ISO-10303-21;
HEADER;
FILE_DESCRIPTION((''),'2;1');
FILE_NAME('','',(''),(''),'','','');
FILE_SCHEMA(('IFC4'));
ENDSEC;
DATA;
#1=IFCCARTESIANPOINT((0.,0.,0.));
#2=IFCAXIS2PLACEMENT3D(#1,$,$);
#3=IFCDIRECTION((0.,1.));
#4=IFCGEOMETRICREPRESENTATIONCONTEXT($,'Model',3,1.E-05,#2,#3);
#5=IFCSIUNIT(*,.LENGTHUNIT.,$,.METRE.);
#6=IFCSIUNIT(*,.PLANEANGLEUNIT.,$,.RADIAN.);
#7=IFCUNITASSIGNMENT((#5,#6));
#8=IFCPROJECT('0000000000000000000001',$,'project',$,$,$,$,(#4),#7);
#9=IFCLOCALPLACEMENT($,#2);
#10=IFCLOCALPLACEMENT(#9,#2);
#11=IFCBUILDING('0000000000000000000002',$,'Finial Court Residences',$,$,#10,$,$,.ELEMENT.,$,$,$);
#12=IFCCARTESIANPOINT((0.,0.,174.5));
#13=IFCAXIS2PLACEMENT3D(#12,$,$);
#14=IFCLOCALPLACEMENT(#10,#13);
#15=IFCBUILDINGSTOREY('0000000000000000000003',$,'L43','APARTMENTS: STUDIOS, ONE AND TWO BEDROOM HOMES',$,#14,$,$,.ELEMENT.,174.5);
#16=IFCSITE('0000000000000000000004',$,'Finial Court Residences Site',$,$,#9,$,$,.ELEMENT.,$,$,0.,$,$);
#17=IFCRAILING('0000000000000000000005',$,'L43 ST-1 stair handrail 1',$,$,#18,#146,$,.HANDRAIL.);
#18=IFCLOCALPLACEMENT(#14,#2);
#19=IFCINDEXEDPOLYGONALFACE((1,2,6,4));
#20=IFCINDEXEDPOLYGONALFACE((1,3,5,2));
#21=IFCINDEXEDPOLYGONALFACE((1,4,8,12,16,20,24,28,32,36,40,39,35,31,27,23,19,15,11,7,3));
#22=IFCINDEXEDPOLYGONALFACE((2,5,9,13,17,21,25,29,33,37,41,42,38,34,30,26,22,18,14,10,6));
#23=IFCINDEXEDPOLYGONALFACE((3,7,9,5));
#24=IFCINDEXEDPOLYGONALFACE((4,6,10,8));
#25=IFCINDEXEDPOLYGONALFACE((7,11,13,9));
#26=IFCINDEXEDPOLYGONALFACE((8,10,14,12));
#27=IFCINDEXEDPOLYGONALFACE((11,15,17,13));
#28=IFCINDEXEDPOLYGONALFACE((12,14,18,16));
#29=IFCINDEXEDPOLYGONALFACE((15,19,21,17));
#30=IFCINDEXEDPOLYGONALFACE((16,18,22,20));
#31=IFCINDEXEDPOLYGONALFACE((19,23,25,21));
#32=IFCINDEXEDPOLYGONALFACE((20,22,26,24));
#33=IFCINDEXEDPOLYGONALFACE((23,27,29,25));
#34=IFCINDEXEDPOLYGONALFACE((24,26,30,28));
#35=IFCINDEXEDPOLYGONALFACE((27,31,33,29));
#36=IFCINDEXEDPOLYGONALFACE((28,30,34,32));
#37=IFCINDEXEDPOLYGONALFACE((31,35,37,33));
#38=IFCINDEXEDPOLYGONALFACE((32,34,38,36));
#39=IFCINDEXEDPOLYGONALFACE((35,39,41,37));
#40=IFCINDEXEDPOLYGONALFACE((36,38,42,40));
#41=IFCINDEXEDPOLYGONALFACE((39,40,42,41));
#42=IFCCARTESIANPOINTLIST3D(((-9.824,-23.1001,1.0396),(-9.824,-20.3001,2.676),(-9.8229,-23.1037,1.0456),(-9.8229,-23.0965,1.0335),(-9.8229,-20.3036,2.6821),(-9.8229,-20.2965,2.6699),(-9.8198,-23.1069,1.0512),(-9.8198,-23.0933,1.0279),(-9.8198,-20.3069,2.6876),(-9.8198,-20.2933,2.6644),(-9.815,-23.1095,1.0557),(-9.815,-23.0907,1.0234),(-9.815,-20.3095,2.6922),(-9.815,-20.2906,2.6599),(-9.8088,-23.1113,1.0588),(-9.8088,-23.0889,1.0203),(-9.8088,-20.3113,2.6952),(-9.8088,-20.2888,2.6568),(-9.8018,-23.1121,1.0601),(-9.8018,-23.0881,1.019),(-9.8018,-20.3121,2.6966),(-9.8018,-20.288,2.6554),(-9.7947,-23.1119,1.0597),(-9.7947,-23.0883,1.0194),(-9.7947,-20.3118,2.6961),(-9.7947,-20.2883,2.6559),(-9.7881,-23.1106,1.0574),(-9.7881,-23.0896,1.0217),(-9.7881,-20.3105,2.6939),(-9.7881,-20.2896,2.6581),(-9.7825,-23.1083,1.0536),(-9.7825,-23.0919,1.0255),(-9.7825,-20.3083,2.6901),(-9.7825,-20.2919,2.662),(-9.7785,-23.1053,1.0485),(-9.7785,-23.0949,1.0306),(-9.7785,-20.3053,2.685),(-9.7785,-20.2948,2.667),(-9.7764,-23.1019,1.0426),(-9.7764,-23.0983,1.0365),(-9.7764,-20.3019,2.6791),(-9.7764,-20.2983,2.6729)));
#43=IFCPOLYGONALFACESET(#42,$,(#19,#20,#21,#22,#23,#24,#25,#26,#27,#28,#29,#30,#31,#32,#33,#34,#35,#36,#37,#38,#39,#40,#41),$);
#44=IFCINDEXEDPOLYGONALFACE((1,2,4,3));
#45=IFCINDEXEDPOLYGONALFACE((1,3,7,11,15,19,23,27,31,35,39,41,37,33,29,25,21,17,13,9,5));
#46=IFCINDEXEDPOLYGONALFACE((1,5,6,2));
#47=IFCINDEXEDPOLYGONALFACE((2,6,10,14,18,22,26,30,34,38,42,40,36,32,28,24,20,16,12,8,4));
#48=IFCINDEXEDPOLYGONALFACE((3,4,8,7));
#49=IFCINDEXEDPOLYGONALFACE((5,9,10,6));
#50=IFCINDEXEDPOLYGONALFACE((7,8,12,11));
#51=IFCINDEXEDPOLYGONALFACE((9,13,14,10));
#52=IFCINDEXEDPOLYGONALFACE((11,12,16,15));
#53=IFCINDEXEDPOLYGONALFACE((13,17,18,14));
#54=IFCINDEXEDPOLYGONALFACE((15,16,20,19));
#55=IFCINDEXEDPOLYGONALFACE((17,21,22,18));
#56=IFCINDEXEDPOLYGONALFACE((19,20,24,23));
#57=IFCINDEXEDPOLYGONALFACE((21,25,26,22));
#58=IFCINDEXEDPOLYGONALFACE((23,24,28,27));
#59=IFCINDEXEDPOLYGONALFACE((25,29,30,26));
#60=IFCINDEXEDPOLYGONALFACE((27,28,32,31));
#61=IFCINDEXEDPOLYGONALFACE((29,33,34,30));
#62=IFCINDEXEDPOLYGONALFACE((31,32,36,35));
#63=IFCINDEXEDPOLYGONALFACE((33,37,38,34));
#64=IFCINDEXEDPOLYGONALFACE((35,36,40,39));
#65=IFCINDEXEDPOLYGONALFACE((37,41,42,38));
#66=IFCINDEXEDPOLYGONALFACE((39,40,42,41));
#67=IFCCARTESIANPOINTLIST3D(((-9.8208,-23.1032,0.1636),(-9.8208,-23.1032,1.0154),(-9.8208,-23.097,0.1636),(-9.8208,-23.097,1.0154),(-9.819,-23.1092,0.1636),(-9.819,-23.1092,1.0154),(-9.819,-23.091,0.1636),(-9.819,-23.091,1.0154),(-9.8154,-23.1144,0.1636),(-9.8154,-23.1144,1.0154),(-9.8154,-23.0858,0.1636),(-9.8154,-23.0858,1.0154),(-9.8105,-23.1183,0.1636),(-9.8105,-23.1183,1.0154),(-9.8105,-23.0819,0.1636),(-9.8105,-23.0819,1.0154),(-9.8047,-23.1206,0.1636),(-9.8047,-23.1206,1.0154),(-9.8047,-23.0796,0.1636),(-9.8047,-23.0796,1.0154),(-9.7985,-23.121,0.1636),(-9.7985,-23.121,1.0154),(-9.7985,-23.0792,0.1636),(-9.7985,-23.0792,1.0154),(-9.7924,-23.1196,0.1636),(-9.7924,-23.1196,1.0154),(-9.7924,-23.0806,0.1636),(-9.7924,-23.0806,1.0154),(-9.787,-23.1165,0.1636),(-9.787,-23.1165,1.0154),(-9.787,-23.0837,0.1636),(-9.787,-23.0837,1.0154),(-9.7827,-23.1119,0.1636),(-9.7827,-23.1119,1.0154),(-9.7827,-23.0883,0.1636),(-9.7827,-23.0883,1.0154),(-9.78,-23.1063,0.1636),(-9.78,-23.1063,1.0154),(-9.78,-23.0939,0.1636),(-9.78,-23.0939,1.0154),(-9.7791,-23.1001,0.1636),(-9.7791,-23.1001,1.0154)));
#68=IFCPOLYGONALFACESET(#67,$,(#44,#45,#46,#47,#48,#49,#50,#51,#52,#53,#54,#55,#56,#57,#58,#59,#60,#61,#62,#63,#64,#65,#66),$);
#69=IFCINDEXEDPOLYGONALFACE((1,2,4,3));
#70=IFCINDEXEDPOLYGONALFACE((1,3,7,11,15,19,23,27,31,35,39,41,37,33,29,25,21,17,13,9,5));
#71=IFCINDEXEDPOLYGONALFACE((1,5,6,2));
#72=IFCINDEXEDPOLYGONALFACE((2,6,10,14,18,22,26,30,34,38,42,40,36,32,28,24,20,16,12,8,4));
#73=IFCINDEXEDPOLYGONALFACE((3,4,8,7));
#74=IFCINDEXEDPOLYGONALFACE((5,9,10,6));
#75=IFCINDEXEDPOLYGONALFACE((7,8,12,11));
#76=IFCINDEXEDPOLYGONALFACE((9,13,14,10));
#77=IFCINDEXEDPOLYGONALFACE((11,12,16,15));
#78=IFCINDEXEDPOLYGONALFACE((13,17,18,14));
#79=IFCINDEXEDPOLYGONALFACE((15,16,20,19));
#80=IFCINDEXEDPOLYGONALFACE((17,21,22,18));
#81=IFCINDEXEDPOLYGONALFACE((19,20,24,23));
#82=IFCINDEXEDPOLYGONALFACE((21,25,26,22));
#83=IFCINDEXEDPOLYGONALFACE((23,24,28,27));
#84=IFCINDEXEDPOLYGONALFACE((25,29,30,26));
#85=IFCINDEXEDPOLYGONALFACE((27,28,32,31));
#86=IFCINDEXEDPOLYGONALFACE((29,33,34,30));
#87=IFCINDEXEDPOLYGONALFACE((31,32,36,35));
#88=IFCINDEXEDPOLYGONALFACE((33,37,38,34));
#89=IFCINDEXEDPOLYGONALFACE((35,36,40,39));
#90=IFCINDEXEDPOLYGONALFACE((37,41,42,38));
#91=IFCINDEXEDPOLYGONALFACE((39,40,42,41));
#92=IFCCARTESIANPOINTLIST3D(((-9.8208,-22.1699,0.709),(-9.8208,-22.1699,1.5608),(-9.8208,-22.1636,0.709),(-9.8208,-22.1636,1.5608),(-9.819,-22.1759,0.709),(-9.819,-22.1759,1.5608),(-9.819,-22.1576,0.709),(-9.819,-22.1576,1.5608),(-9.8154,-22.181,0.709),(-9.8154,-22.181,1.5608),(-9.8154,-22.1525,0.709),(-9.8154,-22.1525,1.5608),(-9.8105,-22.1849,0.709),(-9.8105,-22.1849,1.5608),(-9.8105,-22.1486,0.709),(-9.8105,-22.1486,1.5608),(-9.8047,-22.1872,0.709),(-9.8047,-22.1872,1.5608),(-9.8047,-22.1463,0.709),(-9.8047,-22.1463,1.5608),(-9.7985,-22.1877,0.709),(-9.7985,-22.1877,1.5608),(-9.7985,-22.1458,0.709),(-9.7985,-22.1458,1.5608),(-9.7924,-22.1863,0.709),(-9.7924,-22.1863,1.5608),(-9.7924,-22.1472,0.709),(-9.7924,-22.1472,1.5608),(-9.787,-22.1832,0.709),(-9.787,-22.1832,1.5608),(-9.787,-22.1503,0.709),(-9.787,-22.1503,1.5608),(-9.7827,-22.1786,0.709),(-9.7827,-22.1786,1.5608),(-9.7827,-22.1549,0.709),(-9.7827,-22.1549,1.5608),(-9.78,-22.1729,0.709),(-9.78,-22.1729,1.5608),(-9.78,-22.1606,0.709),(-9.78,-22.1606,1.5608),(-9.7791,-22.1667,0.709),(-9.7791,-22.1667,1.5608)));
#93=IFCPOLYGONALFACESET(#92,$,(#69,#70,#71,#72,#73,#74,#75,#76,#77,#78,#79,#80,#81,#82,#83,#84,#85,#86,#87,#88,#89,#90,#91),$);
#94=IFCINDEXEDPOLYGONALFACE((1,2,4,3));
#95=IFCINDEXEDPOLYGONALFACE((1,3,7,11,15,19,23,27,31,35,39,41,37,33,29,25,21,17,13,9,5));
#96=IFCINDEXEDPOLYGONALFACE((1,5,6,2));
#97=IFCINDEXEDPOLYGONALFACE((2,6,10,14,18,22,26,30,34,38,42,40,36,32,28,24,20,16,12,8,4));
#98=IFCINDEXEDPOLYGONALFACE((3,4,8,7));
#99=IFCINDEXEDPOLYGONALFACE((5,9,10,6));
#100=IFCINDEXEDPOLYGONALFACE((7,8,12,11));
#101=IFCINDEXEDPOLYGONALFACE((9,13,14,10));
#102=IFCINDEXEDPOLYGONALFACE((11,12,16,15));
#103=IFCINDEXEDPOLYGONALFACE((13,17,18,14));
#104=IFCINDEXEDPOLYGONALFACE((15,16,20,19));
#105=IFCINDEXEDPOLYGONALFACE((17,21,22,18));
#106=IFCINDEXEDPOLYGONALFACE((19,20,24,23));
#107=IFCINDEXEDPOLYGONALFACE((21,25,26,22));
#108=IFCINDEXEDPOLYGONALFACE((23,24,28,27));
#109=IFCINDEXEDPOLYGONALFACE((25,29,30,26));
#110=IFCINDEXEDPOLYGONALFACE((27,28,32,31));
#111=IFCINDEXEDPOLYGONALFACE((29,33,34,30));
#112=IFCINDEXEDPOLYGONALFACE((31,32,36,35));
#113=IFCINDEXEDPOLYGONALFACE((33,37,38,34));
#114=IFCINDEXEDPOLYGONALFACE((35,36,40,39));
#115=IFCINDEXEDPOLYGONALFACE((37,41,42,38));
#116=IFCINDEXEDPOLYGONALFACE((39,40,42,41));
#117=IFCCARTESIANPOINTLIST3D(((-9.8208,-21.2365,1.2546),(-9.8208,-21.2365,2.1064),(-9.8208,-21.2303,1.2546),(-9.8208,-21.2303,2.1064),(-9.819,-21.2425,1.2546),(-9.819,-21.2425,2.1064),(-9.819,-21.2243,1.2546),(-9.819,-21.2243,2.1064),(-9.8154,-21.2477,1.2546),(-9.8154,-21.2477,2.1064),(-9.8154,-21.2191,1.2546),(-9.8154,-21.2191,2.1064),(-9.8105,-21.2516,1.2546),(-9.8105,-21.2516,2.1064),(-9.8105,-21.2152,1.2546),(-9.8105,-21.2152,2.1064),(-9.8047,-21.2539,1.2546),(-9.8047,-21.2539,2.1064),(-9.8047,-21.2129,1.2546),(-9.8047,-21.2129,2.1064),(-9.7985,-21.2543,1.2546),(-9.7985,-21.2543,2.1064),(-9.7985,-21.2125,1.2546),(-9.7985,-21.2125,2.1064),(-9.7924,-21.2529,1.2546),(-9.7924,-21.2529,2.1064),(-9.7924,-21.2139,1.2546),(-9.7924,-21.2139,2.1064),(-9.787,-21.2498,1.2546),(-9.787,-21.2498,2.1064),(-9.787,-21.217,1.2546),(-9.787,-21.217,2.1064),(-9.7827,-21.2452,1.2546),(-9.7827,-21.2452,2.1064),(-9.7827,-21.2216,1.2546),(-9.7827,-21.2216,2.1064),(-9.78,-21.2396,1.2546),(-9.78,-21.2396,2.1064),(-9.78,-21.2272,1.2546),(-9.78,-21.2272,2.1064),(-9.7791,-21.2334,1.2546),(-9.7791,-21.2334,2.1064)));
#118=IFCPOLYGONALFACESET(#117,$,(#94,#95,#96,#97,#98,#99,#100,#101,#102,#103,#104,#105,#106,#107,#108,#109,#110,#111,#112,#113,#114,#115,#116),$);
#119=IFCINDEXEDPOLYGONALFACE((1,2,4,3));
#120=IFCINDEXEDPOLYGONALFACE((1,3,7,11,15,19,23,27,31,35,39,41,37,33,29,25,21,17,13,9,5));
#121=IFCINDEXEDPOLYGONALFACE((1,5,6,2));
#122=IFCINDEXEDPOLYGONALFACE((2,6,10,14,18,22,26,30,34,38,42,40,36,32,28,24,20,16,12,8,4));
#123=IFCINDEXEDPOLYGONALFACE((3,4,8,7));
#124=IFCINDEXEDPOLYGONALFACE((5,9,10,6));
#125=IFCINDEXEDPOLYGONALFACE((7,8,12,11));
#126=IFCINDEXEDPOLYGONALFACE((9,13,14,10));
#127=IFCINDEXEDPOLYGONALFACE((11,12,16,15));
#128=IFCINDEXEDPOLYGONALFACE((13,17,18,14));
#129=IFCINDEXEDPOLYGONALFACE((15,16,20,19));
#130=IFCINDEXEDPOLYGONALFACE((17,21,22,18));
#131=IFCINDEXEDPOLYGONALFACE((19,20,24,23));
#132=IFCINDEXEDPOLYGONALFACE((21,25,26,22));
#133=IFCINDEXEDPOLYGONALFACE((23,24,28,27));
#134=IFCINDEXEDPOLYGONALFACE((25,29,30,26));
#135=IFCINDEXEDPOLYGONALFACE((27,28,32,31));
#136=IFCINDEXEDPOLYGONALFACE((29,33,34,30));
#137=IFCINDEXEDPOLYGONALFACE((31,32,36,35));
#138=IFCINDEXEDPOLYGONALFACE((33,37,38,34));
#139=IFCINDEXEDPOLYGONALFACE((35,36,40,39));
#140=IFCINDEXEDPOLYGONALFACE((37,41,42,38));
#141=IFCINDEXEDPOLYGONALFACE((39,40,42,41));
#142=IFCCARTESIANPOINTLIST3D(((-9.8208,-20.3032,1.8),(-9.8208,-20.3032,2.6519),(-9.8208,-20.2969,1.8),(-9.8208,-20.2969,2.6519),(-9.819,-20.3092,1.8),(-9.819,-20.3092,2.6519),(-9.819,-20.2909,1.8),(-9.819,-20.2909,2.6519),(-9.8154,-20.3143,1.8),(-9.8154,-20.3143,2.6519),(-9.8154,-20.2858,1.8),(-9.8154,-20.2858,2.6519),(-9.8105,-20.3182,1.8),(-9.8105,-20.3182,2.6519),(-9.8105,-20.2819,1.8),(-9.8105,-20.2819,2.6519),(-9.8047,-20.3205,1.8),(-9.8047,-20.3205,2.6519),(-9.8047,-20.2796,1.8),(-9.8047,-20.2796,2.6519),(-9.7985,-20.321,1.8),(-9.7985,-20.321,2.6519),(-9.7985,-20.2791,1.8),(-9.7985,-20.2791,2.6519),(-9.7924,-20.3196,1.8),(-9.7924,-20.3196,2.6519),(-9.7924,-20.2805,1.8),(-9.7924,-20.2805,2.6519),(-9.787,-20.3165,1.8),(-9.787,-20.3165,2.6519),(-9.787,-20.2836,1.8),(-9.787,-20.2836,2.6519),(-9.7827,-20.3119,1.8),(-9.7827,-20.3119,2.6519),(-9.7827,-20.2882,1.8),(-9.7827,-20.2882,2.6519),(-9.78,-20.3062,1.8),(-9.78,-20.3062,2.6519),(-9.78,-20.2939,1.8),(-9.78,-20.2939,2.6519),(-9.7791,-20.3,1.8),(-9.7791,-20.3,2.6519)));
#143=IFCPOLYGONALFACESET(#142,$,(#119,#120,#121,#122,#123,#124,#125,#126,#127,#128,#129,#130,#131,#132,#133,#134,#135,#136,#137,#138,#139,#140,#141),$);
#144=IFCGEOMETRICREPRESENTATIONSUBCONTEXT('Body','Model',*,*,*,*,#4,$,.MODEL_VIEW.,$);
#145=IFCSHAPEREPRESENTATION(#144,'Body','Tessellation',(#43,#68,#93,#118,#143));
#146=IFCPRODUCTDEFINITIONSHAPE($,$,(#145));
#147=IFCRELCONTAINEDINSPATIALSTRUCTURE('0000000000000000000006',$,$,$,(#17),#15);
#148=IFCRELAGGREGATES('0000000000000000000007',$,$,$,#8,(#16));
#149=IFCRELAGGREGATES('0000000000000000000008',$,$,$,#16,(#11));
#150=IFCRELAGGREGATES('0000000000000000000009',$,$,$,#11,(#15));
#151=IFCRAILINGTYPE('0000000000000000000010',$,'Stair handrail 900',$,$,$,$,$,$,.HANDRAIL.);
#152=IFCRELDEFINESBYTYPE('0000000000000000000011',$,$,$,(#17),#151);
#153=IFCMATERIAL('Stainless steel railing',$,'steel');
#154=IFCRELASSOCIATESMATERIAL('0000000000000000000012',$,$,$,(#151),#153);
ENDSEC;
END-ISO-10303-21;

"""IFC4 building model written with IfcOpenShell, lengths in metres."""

from ifc_helpers import new_model, si_unit, direction, frame, origin, origin_2d, place, context, subcontext, project, spatial, circle, extrude, material, type_object, element, save


model = new_model("IFC4")

# Units and contexts
model_context = context("Model", 3, precision=1e-05, world=origin(), true_north=direction((0.0, 1.0)))
body_context = subcontext(model_context, "Body", "Model", "MODEL_VIEW")
ifc_project = project(units=[si_unit("LENGTHUNIT", "METRE"), si_unit("PLANEANGLEUNIT", "RADIAN")], contexts=[model_context])

# Site, building, storey
site_placement = place(None, origin())
site = spatial("IfcSite", under=ifc_project, at=site_placement, Name="Finial Court Residences Site", CompositionType="ELEMENT", RefElevation=0.0)
building_placement = place(site_placement, origin())
building = spatial("IfcBuilding", under=site, at=building_placement, Name="Finial Court Residences", CompositionType="ELEMENT")
storey_placement = place(building_placement, frame((0.0, 0.0, 174.5)))
storey = spatial("IfcBuildingStorey", under=building, at=storey_placement, Name="L43", Description="APARTMENTS: STUDIOS, ONE AND TWO BEDROOM HOMES", CompositionType="ELEMENT", Elevation=174.5)

# Railing
ifc_material_1 = material(Name="Stainless steel railing", Category="steel")
railing_type_1 = type_object("IfcRailingType", Name="Stair handrail 900", PredefinedType="HANDRAIL", material=ifc_material_1)
railing_1_placement = place(storey_placement, frame((-9.8, -23.1001, 0.1636)))
element("IfcRailing", 1, at=railing_1_placement, inside=storey, type_object=railing_type_1, Name="L43 ST-1 stair handrail 1", PredefinedType="HANDRAIL", context=body_context, shape_type="SweptSolid", body=[
    extrude(circle(Radius=0.0239, at=origin_2d()), frame((0.0, 0.0, 0.876), z_axis=(0.0, 0.863361, 0.504587), x_axis=(-1.0, 0.0, 0.0)), (0.0, 0.0, 1.0), 3.2432),
    extrude(circle(Radius=0.021, at=origin_2d()), origin(), (0.0, 0.0, 1.0), 0.8518),
    extrude(circle(Radius=0.021, at=origin_2d()), frame((0.0, 0.9333, 0.5454)), (0.0, 0.0, 1.0), 0.8518),
    extrude(circle(Radius=0.021, at=origin_2d()), frame((0.0, 1.8667, 1.0911)), (0.0, 0.0, 1.0), 0.8518),
    extrude(circle(Radius=0.021, at=origin_2d()), frame((0.0, 2.8, 1.6365)), (0.0, 0.0, 1.0), 0.8518),
])

save(model, "model.ifc")
